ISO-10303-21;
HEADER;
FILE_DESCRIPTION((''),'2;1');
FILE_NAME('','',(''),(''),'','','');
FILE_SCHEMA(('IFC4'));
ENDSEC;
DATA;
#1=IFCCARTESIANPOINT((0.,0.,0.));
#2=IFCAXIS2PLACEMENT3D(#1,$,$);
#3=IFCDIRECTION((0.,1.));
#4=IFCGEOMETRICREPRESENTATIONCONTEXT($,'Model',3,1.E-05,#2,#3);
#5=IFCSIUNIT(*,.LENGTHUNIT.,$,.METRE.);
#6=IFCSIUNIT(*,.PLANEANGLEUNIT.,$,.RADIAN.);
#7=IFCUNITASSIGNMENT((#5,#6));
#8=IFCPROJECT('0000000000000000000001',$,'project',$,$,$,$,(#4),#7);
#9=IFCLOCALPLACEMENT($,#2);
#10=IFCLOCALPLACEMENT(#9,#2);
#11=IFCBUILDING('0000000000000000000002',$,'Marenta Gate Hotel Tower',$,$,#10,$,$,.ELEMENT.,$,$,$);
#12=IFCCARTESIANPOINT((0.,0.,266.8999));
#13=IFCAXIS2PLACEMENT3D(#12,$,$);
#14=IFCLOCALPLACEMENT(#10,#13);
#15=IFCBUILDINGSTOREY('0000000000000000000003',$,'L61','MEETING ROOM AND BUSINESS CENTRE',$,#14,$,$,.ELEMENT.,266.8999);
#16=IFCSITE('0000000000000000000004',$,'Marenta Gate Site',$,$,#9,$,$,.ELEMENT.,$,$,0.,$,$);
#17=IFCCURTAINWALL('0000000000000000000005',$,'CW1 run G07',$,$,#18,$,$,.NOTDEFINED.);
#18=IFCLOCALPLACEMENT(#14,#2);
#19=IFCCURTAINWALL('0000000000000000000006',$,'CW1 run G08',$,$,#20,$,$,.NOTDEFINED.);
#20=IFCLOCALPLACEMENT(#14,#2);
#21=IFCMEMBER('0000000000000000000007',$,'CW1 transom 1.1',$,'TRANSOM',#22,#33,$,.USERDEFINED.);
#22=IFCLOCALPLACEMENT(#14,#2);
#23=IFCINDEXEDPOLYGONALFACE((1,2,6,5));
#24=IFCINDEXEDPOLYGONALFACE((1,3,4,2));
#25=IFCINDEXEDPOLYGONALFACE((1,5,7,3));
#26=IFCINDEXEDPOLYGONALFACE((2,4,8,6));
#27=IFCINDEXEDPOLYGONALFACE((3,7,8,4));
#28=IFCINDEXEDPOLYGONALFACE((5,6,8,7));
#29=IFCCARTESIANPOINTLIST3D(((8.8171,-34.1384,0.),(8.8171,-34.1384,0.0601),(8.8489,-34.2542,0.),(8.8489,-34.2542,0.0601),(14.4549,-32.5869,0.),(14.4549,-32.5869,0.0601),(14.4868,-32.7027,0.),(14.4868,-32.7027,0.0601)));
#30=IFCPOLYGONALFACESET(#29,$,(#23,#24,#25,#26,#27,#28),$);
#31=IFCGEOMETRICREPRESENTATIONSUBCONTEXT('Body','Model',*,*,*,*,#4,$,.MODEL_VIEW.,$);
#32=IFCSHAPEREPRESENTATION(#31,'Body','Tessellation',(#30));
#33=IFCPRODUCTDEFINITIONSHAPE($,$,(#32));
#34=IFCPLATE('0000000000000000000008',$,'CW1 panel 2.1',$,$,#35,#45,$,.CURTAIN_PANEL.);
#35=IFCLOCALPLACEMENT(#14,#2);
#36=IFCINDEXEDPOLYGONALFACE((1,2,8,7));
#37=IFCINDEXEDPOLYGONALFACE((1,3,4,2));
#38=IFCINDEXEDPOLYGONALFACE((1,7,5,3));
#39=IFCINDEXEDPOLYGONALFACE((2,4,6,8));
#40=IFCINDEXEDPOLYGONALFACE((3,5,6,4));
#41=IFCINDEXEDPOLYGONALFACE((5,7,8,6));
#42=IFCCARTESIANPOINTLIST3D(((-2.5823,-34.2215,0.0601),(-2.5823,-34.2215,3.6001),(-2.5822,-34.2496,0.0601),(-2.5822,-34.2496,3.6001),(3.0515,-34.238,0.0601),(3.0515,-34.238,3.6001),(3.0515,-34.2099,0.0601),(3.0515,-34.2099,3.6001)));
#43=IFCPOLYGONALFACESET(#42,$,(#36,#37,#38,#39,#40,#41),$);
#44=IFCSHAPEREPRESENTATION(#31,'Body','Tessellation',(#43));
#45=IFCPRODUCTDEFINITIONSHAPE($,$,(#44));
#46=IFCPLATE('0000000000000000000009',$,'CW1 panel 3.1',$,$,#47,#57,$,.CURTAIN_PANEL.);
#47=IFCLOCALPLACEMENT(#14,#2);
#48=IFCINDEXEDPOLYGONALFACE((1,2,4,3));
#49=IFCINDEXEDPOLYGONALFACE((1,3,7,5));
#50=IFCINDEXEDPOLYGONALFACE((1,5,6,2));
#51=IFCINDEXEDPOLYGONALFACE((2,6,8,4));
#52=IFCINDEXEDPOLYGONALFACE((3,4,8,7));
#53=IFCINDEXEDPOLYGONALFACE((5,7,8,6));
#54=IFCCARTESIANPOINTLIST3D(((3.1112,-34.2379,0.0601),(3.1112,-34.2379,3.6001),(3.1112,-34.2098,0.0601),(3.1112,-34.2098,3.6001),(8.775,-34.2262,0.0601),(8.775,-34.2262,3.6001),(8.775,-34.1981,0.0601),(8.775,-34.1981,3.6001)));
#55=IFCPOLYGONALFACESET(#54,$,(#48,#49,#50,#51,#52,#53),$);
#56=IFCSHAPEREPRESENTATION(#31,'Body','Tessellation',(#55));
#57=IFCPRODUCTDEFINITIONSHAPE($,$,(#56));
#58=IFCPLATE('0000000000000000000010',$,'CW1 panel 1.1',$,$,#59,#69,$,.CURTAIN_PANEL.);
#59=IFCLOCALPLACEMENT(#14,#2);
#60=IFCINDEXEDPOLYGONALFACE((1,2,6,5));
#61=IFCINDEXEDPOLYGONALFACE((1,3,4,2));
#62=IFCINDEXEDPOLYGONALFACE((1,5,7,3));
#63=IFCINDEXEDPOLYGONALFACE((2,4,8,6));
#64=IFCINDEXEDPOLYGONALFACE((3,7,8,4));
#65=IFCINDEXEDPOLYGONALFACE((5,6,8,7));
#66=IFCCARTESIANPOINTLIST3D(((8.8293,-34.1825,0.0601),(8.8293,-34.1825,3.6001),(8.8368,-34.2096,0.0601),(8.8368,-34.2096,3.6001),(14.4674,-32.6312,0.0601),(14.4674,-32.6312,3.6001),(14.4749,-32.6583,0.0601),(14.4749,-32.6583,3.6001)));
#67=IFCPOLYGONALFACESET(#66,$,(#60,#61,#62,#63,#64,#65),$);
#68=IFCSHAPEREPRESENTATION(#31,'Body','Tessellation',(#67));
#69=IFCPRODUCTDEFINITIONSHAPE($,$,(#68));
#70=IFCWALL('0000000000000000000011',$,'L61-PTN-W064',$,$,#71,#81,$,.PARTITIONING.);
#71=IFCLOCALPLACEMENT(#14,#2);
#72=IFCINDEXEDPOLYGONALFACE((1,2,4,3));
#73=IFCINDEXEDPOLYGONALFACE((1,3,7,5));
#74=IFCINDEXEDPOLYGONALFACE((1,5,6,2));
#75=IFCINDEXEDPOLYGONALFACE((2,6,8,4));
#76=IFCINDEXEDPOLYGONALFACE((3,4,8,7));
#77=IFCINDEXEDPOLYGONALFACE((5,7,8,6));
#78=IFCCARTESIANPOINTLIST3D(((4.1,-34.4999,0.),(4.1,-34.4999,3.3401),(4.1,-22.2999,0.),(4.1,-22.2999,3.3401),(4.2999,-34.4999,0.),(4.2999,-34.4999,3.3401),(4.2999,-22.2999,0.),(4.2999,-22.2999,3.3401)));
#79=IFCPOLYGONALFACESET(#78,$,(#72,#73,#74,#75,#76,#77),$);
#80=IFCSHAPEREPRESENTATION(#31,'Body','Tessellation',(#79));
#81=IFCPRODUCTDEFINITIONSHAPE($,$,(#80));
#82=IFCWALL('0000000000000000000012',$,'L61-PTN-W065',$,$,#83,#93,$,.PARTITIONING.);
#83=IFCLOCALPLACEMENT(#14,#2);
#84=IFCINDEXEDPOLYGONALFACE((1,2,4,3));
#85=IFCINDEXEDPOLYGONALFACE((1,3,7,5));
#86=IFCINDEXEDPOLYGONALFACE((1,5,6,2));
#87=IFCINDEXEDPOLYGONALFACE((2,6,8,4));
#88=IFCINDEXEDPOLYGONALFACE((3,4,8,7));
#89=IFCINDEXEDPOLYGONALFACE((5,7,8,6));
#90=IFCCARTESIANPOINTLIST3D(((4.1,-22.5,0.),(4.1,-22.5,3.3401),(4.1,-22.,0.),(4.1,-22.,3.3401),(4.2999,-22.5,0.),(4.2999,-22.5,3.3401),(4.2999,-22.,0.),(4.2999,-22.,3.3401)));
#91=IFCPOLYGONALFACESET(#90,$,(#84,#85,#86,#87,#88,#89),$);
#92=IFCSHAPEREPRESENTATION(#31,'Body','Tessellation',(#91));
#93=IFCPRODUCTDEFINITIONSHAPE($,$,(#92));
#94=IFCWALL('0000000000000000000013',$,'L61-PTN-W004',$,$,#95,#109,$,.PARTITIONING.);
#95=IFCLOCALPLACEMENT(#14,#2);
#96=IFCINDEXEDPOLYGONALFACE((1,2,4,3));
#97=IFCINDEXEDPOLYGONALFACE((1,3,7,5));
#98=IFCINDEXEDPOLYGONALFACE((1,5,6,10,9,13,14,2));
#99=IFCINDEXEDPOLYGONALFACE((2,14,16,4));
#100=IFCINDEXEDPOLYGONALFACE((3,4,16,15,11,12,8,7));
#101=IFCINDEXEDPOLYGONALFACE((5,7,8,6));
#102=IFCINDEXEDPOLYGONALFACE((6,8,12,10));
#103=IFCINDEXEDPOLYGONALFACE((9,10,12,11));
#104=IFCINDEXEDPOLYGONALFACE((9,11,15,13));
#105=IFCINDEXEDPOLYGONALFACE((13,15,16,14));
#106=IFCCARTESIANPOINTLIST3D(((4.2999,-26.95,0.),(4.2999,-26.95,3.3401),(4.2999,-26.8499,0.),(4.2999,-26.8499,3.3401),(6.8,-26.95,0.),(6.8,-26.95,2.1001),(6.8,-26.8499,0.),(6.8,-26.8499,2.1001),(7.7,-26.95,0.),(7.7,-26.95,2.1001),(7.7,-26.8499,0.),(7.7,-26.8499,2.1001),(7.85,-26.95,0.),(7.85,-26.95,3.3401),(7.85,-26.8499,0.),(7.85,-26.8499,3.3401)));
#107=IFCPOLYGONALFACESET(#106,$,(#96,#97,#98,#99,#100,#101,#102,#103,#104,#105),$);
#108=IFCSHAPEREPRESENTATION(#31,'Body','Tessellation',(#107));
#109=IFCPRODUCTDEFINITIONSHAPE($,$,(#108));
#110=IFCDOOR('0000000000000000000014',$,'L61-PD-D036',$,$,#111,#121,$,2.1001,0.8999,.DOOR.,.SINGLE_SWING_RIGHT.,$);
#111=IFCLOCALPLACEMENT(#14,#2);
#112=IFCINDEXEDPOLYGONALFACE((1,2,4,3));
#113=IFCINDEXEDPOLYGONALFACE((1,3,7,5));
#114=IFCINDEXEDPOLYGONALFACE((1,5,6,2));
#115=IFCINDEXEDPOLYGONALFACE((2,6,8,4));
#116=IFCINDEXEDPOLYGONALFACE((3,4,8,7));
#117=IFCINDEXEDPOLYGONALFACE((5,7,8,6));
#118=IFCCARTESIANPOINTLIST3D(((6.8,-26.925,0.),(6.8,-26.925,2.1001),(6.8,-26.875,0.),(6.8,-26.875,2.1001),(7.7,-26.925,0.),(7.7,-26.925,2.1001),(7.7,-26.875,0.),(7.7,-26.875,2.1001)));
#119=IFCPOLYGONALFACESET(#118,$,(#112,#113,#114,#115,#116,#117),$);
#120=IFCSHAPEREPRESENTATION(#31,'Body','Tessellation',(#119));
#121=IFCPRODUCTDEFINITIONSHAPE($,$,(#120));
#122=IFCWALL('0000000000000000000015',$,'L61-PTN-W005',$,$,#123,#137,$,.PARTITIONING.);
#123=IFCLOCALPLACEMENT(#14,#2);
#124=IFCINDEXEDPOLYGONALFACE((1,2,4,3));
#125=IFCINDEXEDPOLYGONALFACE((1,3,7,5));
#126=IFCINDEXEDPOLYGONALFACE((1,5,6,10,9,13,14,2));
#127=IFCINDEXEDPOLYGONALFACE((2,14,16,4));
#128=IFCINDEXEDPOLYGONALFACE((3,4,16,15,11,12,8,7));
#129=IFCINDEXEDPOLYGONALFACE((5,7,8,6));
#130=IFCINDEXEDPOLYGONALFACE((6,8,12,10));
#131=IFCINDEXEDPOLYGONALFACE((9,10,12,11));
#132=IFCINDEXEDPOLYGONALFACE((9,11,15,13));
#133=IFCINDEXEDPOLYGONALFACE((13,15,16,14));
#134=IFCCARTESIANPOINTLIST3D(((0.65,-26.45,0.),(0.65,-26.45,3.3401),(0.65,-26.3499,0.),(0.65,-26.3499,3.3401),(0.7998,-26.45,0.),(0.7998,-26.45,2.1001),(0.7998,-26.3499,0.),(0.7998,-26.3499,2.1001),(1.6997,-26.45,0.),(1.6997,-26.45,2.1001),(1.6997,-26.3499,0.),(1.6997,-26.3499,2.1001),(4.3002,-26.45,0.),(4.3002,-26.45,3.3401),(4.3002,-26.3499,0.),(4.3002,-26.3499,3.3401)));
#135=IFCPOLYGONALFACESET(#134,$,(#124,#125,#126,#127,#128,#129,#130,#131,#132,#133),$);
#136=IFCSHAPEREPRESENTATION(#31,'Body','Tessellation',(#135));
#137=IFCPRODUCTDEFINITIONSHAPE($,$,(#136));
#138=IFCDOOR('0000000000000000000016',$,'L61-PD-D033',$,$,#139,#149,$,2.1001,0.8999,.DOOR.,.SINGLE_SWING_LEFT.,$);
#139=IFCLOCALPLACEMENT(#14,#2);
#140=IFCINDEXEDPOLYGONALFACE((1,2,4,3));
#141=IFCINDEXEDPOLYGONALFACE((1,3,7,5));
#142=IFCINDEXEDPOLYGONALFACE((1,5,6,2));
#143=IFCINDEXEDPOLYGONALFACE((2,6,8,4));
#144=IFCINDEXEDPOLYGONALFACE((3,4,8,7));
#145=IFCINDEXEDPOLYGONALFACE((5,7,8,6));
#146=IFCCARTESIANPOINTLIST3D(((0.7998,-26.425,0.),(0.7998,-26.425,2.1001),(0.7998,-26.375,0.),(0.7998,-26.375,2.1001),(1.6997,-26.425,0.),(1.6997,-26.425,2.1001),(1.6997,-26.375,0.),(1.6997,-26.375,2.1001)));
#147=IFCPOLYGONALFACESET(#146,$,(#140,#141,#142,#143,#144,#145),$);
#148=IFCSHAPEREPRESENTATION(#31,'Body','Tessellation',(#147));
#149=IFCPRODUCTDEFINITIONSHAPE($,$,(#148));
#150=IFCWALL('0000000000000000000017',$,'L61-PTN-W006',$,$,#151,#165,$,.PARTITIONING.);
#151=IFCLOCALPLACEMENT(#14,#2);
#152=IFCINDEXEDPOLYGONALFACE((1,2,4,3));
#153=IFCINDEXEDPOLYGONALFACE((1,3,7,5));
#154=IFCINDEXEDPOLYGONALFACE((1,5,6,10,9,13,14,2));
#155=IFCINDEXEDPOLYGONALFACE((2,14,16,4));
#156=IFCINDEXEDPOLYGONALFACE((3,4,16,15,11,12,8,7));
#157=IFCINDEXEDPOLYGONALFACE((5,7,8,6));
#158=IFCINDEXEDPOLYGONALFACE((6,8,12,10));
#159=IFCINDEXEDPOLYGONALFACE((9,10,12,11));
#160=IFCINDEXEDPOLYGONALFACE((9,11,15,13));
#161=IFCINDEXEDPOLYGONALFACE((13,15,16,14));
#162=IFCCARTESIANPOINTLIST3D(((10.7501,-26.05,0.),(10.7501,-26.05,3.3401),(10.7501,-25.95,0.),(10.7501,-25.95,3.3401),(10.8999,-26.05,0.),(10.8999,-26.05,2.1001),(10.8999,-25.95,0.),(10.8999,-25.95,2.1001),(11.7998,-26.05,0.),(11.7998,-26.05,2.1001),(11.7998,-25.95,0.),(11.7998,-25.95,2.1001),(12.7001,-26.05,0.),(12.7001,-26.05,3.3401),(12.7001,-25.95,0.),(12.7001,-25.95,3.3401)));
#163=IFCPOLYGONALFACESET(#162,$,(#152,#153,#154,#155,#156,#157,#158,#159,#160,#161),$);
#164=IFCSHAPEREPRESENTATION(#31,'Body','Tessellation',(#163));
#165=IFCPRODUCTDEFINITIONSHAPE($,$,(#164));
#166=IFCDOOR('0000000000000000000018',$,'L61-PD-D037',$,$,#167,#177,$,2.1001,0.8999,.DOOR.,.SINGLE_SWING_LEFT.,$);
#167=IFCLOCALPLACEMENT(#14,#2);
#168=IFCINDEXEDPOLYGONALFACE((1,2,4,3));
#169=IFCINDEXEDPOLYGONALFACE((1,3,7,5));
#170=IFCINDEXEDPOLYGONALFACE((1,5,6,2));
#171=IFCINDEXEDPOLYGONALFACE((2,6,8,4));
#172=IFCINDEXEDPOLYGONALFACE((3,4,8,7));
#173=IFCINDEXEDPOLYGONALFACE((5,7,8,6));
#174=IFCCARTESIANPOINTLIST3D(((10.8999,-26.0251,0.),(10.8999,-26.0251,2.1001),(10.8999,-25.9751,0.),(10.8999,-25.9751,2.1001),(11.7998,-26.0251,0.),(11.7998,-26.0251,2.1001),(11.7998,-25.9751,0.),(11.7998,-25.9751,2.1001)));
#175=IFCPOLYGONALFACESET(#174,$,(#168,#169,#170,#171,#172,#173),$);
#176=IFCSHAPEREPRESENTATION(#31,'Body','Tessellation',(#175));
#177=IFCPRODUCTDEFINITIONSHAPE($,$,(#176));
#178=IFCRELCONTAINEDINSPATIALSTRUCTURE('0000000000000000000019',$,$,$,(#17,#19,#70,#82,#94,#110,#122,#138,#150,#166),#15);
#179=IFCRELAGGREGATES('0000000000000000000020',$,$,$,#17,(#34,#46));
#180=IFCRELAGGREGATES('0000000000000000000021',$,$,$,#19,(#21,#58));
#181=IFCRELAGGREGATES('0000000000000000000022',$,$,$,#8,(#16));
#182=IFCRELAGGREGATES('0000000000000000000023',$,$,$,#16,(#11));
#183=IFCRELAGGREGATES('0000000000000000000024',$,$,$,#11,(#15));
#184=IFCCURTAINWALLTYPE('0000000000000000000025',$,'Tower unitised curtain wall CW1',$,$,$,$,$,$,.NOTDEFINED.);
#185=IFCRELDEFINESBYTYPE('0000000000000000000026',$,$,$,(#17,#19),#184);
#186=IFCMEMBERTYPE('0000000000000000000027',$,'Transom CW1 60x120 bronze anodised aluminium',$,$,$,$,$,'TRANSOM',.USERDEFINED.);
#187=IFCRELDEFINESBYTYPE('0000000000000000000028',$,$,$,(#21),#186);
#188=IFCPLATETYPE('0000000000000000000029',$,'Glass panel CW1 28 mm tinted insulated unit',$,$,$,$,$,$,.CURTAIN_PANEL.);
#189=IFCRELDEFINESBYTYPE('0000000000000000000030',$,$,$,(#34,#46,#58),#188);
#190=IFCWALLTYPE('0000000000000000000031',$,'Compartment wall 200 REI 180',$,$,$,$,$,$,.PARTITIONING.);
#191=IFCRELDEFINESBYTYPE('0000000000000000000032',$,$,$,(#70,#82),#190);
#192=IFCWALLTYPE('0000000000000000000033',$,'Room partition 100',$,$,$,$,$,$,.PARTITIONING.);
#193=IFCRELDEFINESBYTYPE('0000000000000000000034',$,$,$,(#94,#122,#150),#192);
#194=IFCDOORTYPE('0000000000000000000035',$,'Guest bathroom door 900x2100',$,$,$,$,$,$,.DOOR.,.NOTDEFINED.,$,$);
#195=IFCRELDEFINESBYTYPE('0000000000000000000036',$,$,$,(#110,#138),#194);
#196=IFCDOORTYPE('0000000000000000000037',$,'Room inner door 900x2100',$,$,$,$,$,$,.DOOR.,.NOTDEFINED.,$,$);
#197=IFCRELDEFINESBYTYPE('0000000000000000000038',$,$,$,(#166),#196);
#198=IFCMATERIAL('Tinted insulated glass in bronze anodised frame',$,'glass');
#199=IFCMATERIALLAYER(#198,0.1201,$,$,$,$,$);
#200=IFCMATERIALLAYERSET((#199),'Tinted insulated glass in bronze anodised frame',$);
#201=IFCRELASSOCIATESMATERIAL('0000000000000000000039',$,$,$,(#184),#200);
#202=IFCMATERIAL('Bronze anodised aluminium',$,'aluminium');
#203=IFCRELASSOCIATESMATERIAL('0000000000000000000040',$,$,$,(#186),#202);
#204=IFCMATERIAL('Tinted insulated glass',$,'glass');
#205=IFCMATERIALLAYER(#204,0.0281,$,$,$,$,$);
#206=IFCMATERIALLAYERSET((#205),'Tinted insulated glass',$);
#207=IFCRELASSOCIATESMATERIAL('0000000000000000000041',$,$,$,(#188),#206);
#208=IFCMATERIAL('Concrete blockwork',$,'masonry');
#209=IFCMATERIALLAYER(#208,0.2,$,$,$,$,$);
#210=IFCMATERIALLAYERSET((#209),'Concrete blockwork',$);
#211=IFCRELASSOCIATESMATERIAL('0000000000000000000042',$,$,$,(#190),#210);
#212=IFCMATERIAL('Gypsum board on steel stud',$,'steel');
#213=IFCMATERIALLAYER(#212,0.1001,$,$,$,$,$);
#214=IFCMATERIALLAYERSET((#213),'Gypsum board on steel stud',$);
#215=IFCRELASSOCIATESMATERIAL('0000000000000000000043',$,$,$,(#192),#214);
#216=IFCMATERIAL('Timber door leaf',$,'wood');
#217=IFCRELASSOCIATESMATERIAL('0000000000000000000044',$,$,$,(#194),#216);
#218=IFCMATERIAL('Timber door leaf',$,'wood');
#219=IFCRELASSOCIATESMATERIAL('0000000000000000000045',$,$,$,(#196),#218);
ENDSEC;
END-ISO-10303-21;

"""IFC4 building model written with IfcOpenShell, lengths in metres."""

from ifc_helpers import new_model, si_unit, direction, frame, frame_2d, origin, origin_2d, place, context, subcontext, project, spatial, rectangle, extrude, material, layer, layer_set, material_profile, profile_set, type_object, element, fill, aggregate, save


model = new_model("IFC4")

# Units and contexts
model_context = context("Model", 3, precision=1e-05, world=origin(), true_north=direction((0.0, 1.0)))
body_context = subcontext(model_context, "Body", "Model", "MODEL_VIEW")
ifc_project = project(units=[si_unit("LENGTHUNIT", "METRE"), si_unit("PLANEANGLEUNIT", "RADIAN")], contexts=[model_context])

# Site, building, storey
site_placement = place(None, origin())
site = spatial("IfcSite", under=ifc_project, at=site_placement, Name="Marenta Gate Site", CompositionType="ELEMENT", RefElevation=0.0)
building_placement = place(site_placement, origin())
building = spatial("IfcBuilding", under=site, at=building_placement, Name="Marenta Gate Hotel Tower", CompositionType="ELEMENT")
storey_placement = place(building_placement, frame((0.0, 0.0, 266.8999)))
storey = spatial("IfcBuildingStorey", under=building, at=storey_placement, Name="L61", Description="MEETING ROOM AND BUSINESS CENTRE", CompositionType="ELEMENT", Elevation=266.8999)

# Curtain walls
ifc_material_1 = material(Name="Tinted insulated glass in bronze anodised frame", Category="glass")
ifc_layer_1 = layer(ifc_material_1, 0.1201)
ifc_layer_set_1 = layer_set([ifc_layer_1], Name="Tinted insulated glass in bronze anodised frame")
curtain_wall_type = type_object("IfcCurtainWallType", Name="Tower unitised curtain wall CW1", PredefinedType="NOTDEFINED", material=ifc_layer_set_1)
curtain_wall_1_placement = place(storey_placement, origin())
curtain_wall_1 = element("IfcCurtainWall", 1, at=curtain_wall_1_placement, inside=storey, type_object=curtain_wall_type, Name="CW1 run G07", PredefinedType="NOTDEFINED")
curtain_wall_2_placement = place(storey_placement, origin())
curtain_wall_2 = element("IfcCurtainWall", 2, at=curtain_wall_2_placement, inside=storey, type_object=curtain_wall_type, Name="CW1 run G08", PredefinedType="NOTDEFINED")

# Member
ifc_material_2 = material(Name="Bronze anodised aluminium", Category="aluminium")
ifc_material_profile_1 = material_profile(ifc_material_2, rectangle(XDim=0.1201, YDim=0.0601, at=origin_2d()), Name="Transom CW1 60x120 bronze anodised aluminium")
ifc_profile_set_1 = profile_set([ifc_material_profile_1], Name="Bronze anodised aluminium")
member_type_1 = type_object("IfcMemberType", Name="Transom CW1 60x120 bronze anodised aluminium", ElementType="TRANSOM", PredefinedType="USERDEFINED", material=ifc_profile_set_1)
member_1_placement = place(storey_placement, frame((8.833, -34.1963, 0.03), z_axis=(0.964158, 0.265328, 0.0), x_axis=(-0.265328, 0.964158, 0.0)))
member_1 = element("IfcMember", 3, at=member_1_placement, type_object=member_type_1, Name="CW1 transom 1.1", ObjectType="TRANSOM", PredefinedType="USERDEFINED", context=body_context, shape_type="SweptSolid", body=[
    extrude(rectangle(XDim=0.1201, YDim=0.0601, at=origin_2d()), origin(), (0.0, 0.0, 1.0), 5.8474),
])

# Plates
ifc_material_3 = material(Name="Tinted insulated glass", Category="glass")
ifc_layer_2 = layer(ifc_material_3, 0.0281)
ifc_layer_set_2 = layer_set([ifc_layer_2], Name="Tinted insulated glass")
plate_type = type_object("IfcPlateType", Name="Glass panel CW1 28 mm tinted insulated unit", PredefinedType="CURTAIN_PANEL", material=ifc_layer_set_2)
plate_1_placement = place(storey_placement, frame((0.2346, -34.2297, 0.0601), z_axis=(0.0, 0.0, 1.0), x_axis=(0.999998, 0.002067, 0.0)))
plate_1 = element("IfcPlate", 4, at=plate_1_placement, type_object=plate_type, Name="CW1 panel 2.1", PredefinedType="CURTAIN_PANEL", context=body_context, shape_type="SweptSolid", body=[
    extrude(rectangle(XDim=5.6338, YDim=0.0281, at=origin_2d()), origin(), (0.0, 0.0, 1.0), 3.54),
])
plate_2_placement = place(storey_placement, frame((5.9431, -34.218, 0.0601), z_axis=(0.0, 0.0, 1.0), x_axis=(0.999998, 0.002067, 0.0)))
plate_2 = element("IfcPlate", 5, at=plate_2_placement, type_object=plate_type, Name="CW1 panel 3.1", PredefinedType="CURTAIN_PANEL", context=body_context, shape_type="SweptSolid", body=[
    extrude(rectangle(XDim=5.6638, YDim=0.0281, at=origin_2d()), origin(), (0.0, 0.0, 1.0), 3.54),
])
aggregate(curtain_wall_1, [plate_1, plate_2])
plate_3_placement = place(storey_placement, frame((11.6521, -33.4204, 0.0601), z_axis=(0.0, 0.0, 1.0), x_axis=(0.964168, 0.265292, 0.0)))
plate_3 = element("IfcPlate", 6, at=plate_3_placement, type_object=plate_type, Name="CW1 panel 1.1", PredefinedType="CURTAIN_PANEL", context=body_context, shape_type="SweptSolid", body=[
    extrude(rectangle(XDim=5.8477, YDim=0.0281, at=origin_2d()), origin(), (0.0, 0.0, 1.0), 3.54),
])
aggregate(curtain_wall_2, [member_1, plate_3])

# Walls
ifc_material_4 = material(Name="Concrete blockwork", Category="masonry")
ifc_layer_3 = layer(ifc_material_4, 0.2)
ifc_layer_set_3 = layer_set([ifc_layer_3], Name="Concrete blockwork")
wall_type_1 = type_object("IfcWallType", Name="Compartment wall 200 REI 180", PredefinedType="PARTITIONING", material=ifc_layer_set_3)
wall_1_placement = place(storey_placement, frame((4.2, -34.5, 0.0), z_axis=(0.0, 0.0, 1.0), x_axis=(0.0, 1.0, 0.0)))
element("IfcWall", 7, at=wall_1_placement, inside=storey, type_object=wall_type_1, Name="L61-PTN-W064", PredefinedType="PARTITIONING", context=body_context, shape_type="SweptSolid", body=[
    extrude(rectangle(XDim=12.2, YDim=0.2, at=frame_2d((6.1001, 0.0))), origin(), (0.0, 0.0, 1.0), 3.3401),
])
wall_2_placement = place(storey_placement, frame((4.2, -22.5, 0.0), z_axis=(0.0, 0.0, 1.0), x_axis=(0.0, 1.0, 0.0)))
element("IfcWall", 8, at=wall_2_placement, inside=storey, type_object=wall_type_1, Name="L61-PTN-W065", PredefinedType="PARTITIONING", context=body_context, shape_type="SweptSolid", body=[
    extrude(rectangle(XDim=0.5, YDim=0.2, at=frame_2d((0.25, 0.0))), origin(), (0.0, 0.0, 1.0), 3.3401),
])

# Walls, openings, doors
ifc_material_5 = material(Name="Gypsum board on steel stud", Category="steel")
ifc_layer_4 = layer(ifc_material_5, 0.1001)
ifc_layer_set_4 = layer_set([ifc_layer_4], Name="Gypsum board on steel stud")
wall_type_2 = type_object("IfcWallType", Name="Room partition 100", PredefinedType="PARTITIONING", material=ifc_layer_set_4)
wall_3_placement = place(storey_placement, frame((4.3, -26.8999, 0.0), z_axis=(0.0, 0.0, 1.0), x_axis=(1.0, 0.0, 0.0)))
wall_3 = element("IfcWall", 9, at=wall_3_placement, inside=storey, type_object=wall_type_2, Name="L61-PTN-W004", PredefinedType="PARTITIONING", context=body_context, shape_type="SweptSolid", body=[
    extrude(rectangle(XDim=3.55, YDim=0.1001, at=frame_2d((1.7749, 0.0))), origin(), (0.0, 0.0, 1.0), 3.3401),
])
opening_1_placement = place(wall_3_placement, frame((2.5, 0.0, 0.0)))
opening_1 = element("IfcOpeningElement", 10, at=opening_1_placement, cuts=wall_3, PredefinedType="OPENING", context=body_context, shape_type="SweptSolid", body=[
    extrude(rectangle(XDim=0.8999, YDim=2.1001, at=frame_2d((0.45, 1.05))), frame((0.0, 0.05, 0.0), z_axis=(0.0, -1.0, 0.0), x_axis=(1.0, 0.0, 0.0)), (0.0, 0.0, 1.0), 0.1001),
])
ifc_material_6 = material(Name="Timber door leaf", Category="wood")
door_type_1 = type_object("IfcDoorType", Name="Guest bathroom door 900x2100", OperationType="NOTDEFINED", PredefinedType="DOOR", material=ifc_material_6)
door_1_placement = place(opening_1_placement, origin())
door_1 = element("IfcDoor", 11, at=door_1_placement, inside=storey, type_object=door_type_1, Name="L61-PD-D036", OperationType="SINGLE_SWING_RIGHT", OverallHeight=2.1001, OverallWidth=0.8999, PredefinedType="DOOR", context=body_context, shape_type="SweptSolid", body=[
    extrude(rectangle(XDim=0.8999, YDim=2.1001, at=frame_2d((0.45, 1.05))), frame((0.0, 0.0249, 0.0), z_axis=(0.0, -1.0, 0.0), x_axis=(1.0, 0.0, 0.0)), (0.0, 0.0, 1.0), 0.05),
])
fill(opening_1, door_1)
wall_4_placement = place(storey_placement, frame((0.6499, -26.3999, 0.0), z_axis=(0.0, 0.0, 1.0), x_axis=(1.0, 0.0, 0.0)))
wall_4 = element("IfcWall", 12, at=wall_4_placement, inside=storey, type_object=wall_type_2, Name="L61-PTN-W005", PredefinedType="PARTITIONING", context=body_context, shape_type="SweptSolid", body=[
    extrude(rectangle(XDim=3.6501, YDim=0.1001, at=frame_2d((1.8252, 0.0))), origin(), (0.0, 0.0, 1.0), 3.3401),
])
opening_2_placement = place(wall_4_placement, frame((0.1499, 0.0, 0.0)))
opening_2 = element("IfcOpeningElement", 13, at=opening_2_placement, cuts=wall_4, PredefinedType="OPENING", context=body_context, shape_type="SweptSolid", body=[
    extrude(rectangle(XDim=0.8999, YDim=2.1001, at=frame_2d((0.45, 1.05))), frame((0.0, 0.05, 0.0), z_axis=(0.0, -1.0, 0.0), x_axis=(1.0, 0.0, 0.0)), (0.0, 0.0, 1.0), 0.1001),
])
door_2_placement = place(opening_2_placement, origin())
door_2 = element("IfcDoor", 14, at=door_2_placement, inside=storey, type_object=door_type_1, Name="L61-PD-D033", OperationType="SINGLE_SWING_LEFT", OverallHeight=2.1001, OverallWidth=0.8999, PredefinedType="DOOR", context=body_context, shape_type="SweptSolid", body=[
    extrude(rectangle(XDim=0.8999, YDim=2.1001, at=frame_2d((0.45, 1.05))), frame((0.0, 0.0249, 0.0), z_axis=(0.0, -1.0, 0.0), x_axis=(1.0, 0.0, 0.0)), (0.0, 0.0, 1.0), 0.05),
])
fill(opening_2, door_2)
wall_5_placement = place(storey_placement, frame((10.75, -26.0, 0.0), z_axis=(0.0, 0.0, 1.0), x_axis=(1.0, 0.0, 0.0)))
wall_5 = element("IfcWall", 15, at=wall_5_placement, inside=storey, type_object=wall_type_2, Name="L61-PTN-W006", PredefinedType="PARTITIONING", context=body_context, shape_type="SweptSolid", body=[
    extrude(rectangle(XDim=1.95, YDim=0.1001, at=frame_2d((0.9751, 0.0))), origin(), (0.0, 0.0, 1.0), 3.3401),
])
opening_3_placement = place(wall_5_placement, frame((0.1499, 0.0, 0.0)))
opening_3 = element("IfcOpeningElement", 16, at=opening_3_placement, cuts=wall_5, PredefinedType="OPENING", context=body_context, shape_type="SweptSolid", body=[
    extrude(rectangle(XDim=0.8999, YDim=2.1001, at=frame_2d((0.45, 1.05))), frame((0.0, 0.05, 0.0), z_axis=(0.0, -1.0, 0.0), x_axis=(1.0, 0.0, 0.0)), (0.0, 0.0, 1.0), 0.1001),
])
ifc_material_7 = material(Name="Timber door leaf", Category="wood")
door_type_2 = type_object("IfcDoorType", Name="Room inner door 900x2100", OperationType="NOTDEFINED", PredefinedType="DOOR", material=ifc_material_7)
door_3_placement = place(opening_3_placement, origin())
door_3 = element("IfcDoor", 17, at=door_3_placement, inside=storey, type_object=door_type_2, Name="L61-PD-D037", OperationType="SINGLE_SWING_LEFT", OverallHeight=2.1001, OverallWidth=0.8999, PredefinedType="DOOR", context=body_context, shape_type="SweptSolid", body=[
    extrude(rectangle(XDim=0.8999, YDim=2.1001, at=frame_2d((0.45, 1.05))), frame((0.0, 0.0249, 0.0), z_axis=(0.0, -1.0, 0.0), x_axis=(1.0, 0.0, 0.0)), (0.0, 0.0, 1.0), 0.05),
])
fill(opening_3, door_3)

save(model, "model.ifc")
